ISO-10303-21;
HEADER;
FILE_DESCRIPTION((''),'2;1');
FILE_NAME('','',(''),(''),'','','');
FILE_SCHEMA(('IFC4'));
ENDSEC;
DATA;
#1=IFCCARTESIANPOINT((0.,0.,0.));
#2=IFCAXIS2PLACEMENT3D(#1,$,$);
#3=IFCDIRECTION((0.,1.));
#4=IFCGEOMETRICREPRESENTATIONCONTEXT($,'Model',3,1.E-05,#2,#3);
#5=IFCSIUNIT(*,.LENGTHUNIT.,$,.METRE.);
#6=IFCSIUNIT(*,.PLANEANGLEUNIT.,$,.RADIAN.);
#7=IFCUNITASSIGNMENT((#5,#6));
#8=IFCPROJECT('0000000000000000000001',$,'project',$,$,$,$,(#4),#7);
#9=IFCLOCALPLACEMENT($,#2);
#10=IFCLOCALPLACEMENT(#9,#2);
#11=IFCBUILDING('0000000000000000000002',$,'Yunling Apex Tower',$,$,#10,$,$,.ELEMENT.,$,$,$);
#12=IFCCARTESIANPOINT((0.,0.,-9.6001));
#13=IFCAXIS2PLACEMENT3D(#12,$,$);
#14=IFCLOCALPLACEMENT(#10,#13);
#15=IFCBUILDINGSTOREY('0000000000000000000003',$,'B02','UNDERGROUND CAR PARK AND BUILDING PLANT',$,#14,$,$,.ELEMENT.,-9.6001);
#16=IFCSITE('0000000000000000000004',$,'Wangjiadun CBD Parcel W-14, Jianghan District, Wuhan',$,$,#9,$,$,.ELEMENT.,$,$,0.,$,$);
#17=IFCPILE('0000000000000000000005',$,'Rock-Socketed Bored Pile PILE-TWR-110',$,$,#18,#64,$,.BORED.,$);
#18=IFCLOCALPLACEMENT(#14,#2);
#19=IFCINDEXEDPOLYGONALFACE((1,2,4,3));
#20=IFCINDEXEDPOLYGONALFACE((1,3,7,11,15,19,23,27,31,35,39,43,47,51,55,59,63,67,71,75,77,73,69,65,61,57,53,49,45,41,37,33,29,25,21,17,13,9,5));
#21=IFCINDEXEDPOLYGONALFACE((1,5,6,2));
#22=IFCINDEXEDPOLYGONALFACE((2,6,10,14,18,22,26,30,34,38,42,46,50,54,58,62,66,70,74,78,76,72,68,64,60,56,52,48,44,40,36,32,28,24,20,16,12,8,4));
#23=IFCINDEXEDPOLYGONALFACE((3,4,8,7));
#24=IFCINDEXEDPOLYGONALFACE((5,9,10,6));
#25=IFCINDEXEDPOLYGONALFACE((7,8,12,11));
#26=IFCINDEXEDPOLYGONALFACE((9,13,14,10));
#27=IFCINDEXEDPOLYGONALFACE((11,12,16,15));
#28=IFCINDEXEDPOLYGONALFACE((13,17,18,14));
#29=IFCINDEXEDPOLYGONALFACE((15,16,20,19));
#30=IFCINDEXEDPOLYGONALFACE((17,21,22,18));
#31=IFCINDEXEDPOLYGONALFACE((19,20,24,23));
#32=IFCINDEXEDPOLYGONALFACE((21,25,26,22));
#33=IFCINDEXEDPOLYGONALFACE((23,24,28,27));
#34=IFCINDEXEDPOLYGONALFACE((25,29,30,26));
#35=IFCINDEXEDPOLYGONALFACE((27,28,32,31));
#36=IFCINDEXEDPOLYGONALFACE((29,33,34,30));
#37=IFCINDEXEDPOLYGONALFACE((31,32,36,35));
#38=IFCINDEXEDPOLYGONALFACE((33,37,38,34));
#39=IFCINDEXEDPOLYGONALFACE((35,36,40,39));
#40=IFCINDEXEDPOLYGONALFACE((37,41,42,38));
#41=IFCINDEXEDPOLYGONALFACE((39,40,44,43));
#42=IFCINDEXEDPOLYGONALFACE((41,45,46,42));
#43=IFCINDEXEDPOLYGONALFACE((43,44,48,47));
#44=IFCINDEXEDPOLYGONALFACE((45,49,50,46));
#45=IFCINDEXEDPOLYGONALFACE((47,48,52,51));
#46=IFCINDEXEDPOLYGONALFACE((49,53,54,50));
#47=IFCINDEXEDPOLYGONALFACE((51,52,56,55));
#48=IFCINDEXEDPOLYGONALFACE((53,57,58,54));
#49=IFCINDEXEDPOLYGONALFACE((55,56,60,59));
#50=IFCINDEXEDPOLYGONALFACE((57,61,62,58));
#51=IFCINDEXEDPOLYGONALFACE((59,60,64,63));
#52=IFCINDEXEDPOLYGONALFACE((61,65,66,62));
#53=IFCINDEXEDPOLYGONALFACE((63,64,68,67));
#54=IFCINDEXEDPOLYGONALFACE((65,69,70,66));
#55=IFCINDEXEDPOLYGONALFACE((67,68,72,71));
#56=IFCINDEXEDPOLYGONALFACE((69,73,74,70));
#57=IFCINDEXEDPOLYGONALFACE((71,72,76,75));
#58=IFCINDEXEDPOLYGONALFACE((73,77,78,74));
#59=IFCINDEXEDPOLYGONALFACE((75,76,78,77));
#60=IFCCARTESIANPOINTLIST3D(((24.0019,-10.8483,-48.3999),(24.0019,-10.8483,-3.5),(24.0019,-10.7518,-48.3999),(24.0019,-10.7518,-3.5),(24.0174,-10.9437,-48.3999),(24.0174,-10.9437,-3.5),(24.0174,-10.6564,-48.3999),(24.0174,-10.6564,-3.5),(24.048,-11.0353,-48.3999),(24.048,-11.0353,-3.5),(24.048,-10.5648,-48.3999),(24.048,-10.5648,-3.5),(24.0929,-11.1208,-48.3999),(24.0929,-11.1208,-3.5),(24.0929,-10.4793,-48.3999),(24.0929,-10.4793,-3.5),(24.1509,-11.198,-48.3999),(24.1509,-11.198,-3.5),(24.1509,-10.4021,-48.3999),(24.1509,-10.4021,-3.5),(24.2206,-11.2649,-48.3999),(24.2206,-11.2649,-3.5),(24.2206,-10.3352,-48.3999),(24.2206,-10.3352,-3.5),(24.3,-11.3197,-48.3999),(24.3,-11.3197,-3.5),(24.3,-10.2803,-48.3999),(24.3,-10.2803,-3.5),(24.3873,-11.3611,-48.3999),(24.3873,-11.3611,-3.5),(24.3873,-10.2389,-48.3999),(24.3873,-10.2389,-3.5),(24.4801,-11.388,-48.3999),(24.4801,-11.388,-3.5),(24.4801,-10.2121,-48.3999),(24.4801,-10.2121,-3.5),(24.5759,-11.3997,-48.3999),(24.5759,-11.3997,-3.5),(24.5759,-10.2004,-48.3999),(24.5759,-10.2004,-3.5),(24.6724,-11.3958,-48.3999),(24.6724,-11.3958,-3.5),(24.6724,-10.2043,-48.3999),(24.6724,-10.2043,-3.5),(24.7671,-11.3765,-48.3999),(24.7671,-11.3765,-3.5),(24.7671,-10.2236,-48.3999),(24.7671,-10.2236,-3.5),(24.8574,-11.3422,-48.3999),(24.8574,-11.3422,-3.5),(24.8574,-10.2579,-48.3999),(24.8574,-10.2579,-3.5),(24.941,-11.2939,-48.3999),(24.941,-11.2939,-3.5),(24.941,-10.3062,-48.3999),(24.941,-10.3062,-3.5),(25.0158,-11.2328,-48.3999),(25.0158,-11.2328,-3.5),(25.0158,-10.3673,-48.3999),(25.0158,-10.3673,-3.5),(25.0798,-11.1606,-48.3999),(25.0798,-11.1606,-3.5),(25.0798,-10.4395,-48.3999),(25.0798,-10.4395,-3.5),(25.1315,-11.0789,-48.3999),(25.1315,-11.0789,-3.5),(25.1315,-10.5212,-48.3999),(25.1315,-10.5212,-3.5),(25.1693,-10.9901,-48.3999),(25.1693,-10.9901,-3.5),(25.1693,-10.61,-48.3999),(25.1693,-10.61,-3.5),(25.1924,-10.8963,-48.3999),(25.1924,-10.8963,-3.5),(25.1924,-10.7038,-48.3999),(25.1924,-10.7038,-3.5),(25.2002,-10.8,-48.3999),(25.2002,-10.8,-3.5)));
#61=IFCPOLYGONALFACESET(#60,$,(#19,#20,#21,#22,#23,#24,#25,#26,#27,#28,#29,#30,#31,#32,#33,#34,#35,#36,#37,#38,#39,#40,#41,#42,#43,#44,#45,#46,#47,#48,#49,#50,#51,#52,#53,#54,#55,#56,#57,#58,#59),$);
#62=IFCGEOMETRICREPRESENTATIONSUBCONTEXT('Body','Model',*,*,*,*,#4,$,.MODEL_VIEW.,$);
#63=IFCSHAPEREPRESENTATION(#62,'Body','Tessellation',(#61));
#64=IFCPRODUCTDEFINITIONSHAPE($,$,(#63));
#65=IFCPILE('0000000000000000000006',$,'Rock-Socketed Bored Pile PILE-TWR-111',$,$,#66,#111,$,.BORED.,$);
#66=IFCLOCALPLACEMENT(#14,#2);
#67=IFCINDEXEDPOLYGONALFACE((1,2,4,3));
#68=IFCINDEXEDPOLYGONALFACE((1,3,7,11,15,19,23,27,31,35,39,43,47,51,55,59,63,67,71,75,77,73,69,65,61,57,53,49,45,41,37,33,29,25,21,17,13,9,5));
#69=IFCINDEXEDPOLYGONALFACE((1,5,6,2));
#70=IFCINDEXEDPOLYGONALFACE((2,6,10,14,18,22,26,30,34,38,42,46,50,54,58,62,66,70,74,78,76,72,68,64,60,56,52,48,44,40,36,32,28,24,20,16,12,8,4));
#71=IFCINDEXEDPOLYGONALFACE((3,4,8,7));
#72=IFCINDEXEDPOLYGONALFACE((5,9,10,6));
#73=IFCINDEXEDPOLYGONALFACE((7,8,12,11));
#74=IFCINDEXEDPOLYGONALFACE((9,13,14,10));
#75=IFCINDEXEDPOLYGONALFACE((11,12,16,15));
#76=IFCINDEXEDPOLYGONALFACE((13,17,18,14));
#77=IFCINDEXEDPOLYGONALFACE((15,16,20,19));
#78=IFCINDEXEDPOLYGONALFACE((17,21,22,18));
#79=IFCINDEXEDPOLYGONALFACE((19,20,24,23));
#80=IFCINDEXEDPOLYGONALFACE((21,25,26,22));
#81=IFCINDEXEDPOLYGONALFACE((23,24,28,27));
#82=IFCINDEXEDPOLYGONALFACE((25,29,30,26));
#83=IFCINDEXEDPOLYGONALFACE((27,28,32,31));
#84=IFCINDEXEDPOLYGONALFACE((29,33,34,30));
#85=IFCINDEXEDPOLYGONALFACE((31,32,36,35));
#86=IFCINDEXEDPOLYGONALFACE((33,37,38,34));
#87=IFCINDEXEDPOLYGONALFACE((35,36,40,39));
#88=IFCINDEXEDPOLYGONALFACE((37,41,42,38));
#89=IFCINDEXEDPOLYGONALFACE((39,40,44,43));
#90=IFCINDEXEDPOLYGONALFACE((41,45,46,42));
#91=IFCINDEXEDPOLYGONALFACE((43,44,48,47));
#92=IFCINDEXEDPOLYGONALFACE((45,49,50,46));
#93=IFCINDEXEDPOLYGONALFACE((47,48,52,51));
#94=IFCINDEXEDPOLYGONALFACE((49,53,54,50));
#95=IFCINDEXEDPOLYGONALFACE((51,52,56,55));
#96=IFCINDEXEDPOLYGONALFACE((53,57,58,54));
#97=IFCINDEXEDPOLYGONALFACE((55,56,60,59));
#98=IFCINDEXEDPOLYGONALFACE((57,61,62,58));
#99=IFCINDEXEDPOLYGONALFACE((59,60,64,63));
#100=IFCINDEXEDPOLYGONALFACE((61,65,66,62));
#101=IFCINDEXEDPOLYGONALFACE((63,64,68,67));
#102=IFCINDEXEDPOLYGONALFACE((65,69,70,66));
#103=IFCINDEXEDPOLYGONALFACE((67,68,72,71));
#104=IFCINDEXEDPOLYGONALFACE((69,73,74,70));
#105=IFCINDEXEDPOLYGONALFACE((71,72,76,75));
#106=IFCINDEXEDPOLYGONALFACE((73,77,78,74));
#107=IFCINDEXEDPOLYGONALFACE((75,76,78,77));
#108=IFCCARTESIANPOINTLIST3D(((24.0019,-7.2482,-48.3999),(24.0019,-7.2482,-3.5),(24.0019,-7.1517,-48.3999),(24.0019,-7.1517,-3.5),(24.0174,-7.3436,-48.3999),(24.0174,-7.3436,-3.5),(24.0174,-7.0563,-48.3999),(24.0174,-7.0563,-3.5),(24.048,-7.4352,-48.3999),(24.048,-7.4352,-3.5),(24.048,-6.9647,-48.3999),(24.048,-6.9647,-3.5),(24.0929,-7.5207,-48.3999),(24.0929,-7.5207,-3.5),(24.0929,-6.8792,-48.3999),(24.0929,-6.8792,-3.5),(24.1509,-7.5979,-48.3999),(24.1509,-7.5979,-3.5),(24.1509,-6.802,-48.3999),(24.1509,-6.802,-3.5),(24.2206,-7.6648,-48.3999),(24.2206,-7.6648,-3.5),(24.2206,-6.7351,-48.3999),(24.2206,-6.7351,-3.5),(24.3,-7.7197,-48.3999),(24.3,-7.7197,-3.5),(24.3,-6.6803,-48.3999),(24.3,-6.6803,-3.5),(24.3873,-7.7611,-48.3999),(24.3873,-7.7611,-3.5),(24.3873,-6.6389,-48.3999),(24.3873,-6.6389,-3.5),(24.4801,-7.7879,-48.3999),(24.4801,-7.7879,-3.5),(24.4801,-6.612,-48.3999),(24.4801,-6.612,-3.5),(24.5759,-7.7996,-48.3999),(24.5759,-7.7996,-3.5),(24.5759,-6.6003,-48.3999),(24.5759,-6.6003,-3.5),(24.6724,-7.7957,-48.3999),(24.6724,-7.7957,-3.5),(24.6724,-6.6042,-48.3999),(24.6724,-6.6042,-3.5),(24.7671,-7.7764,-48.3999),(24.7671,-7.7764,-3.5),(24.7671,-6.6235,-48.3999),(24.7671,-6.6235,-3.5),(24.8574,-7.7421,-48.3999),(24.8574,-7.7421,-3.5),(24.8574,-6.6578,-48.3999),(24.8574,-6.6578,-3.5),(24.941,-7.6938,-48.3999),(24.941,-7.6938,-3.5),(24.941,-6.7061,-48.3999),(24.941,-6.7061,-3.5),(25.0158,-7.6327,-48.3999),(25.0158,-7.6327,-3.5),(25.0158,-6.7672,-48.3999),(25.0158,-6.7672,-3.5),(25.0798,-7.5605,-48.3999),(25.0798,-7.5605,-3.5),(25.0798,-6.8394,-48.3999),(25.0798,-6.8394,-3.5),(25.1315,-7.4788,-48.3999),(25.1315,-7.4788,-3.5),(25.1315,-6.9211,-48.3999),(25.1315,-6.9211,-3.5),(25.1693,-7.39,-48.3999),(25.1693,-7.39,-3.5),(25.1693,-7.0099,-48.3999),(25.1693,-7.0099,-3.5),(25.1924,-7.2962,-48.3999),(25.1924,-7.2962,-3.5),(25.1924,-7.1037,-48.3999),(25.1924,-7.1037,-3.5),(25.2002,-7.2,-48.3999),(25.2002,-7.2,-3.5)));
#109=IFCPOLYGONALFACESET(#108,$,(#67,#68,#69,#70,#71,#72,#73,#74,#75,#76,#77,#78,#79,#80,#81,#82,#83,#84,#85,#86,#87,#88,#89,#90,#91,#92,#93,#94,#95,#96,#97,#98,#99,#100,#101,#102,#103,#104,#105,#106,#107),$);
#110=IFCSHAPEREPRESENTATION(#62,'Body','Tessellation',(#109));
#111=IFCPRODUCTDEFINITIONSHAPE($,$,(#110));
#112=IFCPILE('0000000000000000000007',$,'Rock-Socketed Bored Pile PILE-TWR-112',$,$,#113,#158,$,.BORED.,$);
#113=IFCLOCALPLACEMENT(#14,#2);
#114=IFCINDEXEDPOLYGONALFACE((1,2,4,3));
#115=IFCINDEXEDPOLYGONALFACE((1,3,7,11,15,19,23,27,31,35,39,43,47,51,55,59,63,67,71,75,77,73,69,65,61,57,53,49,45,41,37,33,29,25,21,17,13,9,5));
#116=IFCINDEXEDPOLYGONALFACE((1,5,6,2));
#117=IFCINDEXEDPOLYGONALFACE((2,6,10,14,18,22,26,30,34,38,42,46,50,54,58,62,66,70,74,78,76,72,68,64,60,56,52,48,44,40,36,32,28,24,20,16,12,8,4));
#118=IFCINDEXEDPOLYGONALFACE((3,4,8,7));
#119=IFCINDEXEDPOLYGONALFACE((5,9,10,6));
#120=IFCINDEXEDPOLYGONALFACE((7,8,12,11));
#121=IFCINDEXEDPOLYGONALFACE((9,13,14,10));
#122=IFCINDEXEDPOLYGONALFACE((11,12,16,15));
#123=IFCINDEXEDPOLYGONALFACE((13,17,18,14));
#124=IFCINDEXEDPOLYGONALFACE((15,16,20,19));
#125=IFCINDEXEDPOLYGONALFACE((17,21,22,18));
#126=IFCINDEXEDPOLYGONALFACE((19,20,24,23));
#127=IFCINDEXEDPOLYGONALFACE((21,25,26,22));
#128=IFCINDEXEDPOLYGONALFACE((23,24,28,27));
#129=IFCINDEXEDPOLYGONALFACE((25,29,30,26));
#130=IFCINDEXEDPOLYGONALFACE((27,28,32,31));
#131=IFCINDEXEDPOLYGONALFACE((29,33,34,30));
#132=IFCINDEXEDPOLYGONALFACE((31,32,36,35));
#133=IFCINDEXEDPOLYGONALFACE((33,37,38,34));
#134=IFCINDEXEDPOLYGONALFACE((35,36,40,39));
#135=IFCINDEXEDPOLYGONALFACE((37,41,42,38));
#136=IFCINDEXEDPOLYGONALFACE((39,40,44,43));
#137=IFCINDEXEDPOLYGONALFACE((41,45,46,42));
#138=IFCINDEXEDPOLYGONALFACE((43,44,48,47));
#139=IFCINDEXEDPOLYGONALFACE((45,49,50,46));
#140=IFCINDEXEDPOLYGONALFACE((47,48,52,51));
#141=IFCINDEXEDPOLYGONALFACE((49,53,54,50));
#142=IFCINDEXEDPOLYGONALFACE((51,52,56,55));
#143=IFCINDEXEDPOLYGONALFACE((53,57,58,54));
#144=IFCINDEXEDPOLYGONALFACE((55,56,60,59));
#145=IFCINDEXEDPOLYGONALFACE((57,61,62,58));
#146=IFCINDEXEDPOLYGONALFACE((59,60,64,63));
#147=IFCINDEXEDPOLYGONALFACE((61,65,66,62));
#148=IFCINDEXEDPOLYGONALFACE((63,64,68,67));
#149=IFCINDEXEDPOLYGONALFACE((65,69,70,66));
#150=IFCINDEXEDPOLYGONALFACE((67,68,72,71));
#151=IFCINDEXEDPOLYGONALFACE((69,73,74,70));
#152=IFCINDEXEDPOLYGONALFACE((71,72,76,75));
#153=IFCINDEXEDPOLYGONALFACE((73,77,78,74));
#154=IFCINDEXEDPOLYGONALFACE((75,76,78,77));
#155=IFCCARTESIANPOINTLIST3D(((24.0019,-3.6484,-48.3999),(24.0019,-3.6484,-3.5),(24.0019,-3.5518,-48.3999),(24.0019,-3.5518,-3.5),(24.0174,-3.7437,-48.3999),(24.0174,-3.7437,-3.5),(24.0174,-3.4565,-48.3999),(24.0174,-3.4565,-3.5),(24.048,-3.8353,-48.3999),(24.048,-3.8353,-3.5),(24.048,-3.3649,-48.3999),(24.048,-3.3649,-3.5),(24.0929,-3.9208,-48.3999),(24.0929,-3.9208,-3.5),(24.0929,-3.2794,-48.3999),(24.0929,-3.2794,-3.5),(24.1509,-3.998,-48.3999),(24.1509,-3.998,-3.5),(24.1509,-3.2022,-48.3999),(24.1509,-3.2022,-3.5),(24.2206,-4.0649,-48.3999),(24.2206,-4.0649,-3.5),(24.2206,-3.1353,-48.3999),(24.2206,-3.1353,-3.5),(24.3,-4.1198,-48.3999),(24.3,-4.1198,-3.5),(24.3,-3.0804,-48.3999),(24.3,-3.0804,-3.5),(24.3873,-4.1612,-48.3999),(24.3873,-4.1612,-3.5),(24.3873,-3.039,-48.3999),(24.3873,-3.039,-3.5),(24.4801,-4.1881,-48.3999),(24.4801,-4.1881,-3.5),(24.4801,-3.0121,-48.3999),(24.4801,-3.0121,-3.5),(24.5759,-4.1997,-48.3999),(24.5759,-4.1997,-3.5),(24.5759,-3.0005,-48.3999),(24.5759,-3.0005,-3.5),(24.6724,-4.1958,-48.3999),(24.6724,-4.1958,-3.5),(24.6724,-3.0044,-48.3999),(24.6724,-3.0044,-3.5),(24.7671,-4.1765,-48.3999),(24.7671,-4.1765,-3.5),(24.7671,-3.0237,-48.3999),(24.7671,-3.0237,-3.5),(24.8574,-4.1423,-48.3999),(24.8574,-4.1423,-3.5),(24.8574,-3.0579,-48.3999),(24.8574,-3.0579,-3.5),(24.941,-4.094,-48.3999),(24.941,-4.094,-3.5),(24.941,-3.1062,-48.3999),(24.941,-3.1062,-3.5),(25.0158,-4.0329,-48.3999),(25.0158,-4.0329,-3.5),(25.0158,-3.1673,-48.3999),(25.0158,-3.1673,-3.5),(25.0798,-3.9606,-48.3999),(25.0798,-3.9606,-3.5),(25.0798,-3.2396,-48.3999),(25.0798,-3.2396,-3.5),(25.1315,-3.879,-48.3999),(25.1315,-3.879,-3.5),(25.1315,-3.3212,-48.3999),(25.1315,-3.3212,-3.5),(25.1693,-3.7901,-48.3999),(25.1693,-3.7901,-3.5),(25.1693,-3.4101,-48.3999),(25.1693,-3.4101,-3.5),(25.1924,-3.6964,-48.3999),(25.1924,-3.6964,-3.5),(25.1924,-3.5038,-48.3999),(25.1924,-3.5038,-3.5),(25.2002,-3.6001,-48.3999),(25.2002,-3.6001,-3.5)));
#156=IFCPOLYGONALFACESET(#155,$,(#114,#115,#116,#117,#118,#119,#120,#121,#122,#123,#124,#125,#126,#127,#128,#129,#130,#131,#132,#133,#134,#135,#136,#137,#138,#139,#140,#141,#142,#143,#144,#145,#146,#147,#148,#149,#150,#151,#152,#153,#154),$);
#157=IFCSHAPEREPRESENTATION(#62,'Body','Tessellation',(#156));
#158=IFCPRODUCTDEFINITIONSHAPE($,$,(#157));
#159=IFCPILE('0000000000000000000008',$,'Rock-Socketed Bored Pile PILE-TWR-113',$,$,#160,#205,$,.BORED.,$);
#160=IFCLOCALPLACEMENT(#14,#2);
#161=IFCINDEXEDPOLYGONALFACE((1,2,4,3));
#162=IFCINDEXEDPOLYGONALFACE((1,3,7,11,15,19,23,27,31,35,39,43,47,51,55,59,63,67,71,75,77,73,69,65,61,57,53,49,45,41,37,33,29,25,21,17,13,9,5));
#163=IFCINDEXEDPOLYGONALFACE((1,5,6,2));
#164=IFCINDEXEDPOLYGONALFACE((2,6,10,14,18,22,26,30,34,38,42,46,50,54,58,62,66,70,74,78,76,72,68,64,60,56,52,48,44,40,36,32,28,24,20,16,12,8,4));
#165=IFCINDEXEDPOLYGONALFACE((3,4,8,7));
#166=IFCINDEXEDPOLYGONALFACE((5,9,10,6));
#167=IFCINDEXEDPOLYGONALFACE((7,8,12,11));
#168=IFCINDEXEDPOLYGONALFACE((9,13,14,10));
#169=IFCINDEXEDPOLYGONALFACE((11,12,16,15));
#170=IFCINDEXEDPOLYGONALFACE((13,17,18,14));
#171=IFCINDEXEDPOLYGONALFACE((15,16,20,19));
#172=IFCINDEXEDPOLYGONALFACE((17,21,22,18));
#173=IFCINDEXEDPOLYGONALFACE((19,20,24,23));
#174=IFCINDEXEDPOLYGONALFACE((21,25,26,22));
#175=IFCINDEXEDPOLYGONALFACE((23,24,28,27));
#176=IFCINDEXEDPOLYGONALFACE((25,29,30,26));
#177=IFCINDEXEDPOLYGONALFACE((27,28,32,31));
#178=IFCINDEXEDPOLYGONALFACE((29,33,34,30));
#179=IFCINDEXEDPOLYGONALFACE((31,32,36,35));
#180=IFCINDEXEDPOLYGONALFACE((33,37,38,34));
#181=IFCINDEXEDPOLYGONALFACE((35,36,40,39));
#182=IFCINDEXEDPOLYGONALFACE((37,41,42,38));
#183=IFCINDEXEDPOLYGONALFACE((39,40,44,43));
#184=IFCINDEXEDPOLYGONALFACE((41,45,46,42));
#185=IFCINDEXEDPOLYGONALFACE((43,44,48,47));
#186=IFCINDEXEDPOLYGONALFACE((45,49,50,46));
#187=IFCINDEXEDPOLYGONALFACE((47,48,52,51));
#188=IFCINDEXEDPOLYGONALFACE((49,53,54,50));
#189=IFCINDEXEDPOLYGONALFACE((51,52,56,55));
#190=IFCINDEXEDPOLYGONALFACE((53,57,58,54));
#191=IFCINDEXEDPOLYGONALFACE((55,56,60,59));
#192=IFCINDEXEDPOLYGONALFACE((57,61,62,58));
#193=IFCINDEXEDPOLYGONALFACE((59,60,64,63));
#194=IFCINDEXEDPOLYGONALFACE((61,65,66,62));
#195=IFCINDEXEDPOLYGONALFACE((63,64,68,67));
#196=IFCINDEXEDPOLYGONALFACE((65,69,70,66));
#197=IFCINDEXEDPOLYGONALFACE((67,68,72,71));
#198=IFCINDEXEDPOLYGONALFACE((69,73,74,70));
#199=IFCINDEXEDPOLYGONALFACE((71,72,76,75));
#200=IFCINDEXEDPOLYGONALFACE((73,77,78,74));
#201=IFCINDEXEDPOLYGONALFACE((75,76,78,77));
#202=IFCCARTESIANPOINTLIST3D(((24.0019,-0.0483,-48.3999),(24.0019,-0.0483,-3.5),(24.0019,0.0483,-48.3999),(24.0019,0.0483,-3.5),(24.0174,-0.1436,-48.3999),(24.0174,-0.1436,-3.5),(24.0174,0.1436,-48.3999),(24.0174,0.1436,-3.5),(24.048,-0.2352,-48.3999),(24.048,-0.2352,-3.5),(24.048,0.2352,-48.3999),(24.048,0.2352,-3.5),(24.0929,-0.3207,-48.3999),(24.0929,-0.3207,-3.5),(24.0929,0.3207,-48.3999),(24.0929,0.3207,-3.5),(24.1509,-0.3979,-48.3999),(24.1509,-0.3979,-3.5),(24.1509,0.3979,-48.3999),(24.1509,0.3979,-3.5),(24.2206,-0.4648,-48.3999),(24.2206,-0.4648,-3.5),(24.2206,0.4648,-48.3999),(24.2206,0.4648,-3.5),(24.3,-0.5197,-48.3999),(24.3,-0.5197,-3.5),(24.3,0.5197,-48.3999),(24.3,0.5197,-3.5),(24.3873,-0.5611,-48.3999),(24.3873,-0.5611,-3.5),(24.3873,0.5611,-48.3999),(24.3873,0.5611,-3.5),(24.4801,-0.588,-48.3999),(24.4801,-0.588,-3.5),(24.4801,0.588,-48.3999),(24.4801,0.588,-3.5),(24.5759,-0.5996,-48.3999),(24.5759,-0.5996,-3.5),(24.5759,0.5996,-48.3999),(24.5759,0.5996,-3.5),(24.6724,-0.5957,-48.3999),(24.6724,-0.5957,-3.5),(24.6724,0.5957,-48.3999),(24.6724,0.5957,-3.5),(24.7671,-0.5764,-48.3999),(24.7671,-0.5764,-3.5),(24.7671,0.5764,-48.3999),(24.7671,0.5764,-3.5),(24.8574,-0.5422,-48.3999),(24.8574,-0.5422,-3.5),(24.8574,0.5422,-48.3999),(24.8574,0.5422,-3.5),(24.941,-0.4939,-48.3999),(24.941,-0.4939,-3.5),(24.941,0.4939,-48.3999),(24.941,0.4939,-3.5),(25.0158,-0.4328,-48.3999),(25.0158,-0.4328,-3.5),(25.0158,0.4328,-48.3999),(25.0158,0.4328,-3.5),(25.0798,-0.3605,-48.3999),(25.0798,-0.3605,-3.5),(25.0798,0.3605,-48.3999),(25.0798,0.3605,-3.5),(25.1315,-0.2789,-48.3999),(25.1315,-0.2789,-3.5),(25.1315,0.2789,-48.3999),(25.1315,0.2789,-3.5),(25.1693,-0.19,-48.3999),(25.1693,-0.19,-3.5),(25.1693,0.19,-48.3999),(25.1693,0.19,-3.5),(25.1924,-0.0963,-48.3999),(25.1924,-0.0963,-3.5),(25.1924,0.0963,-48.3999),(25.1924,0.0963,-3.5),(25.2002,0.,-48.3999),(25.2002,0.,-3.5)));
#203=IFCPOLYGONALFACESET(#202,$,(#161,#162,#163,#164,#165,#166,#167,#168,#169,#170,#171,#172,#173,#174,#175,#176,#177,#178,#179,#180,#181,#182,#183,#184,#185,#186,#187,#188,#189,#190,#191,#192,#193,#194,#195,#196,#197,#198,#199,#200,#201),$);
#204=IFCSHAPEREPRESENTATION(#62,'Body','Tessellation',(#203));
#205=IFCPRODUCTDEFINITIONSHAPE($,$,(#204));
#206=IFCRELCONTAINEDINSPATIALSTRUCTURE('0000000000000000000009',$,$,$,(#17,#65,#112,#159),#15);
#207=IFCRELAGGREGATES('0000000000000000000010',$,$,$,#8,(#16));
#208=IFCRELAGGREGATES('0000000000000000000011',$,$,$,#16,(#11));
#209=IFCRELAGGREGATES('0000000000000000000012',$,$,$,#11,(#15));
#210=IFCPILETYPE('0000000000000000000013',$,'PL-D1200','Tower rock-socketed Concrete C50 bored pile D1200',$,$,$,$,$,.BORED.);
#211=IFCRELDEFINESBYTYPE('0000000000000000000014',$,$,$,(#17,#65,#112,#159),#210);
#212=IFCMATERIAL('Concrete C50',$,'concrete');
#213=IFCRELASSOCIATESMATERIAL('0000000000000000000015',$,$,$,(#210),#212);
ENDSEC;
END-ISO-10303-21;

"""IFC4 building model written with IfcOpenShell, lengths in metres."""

from ifc_helpers import new_model, si_unit, direction, frame, origin, origin_2d, place, context, subcontext, project, spatial, circle, extrude, source, transform, mapped, material, material_profile, profile_set, type_object, element, save


model = new_model("IFC4")

# Units and contexts
model_context = context("Model", 3, precision=1e-05, world=origin(), true_north=direction((0.0, 1.0)))
body_context = subcontext(model_context, "Body", "Model", "MODEL_VIEW")
ifc_project = project(units=[si_unit("LENGTHUNIT", "METRE"), si_unit("PLANEANGLEUNIT", "RADIAN")], contexts=[model_context])

# Site, building, storey
site_placement = place(None, origin())
site = spatial("IfcSite", under=ifc_project, at=site_placement, Name="Wangjiadun CBD Parcel W-14, Jianghan District, Wuhan", CompositionType="ELEMENT", RefElevation=0.0)
building_placement = place(site_placement, origin())
building = spatial("IfcBuilding", under=site, at=building_placement, Name="Yunling Apex Tower", CompositionType="ELEMENT")
storey_placement = place(building_placement, frame((0.0, 0.0, -9.6001)))
storey = spatial("IfcBuildingStorey", under=building, at=storey_placement, Name="B02", Description="UNDERGROUND CAR PARK AND BUILDING PLANT", CompositionType="ELEMENT", Elevation=-9.6001)

# Shared definitions
ifc_material_1 = material(Name="Concrete C50", Category="concrete")

# Piles
ifc_material_profile_1 = material_profile(ifc_material_1, circle(Radius=0.6001, at=origin_2d()))
ifc_profile_set_1 = profile_set([ifc_material_profile_1], Name="Concrete C50")
pile_type_1 = type_object("IfcPileType", Name="PL-D1200", Description="Tower rock-socketed Concrete C50 bored pile D1200", PredefinedType="BORED", material=ifc_profile_set_1)
shared_shape_1 = source(origin(), body_context, "Body", "SweptSolid", [
    extrude(circle(Radius=0.6001, at=origin_2d()), origin(), (0.0, 0.0, 1.0), 44.8999),
])
for number, where, z_axis, x_axis, name in (
    (1, (24.6001, -10.8, -3.5), (0.0, 0.0, -1.0), (1.0, 0.0, 0.0), "Rock-Socketed Bored Pile PILE-TWR-110"),
    (2, (24.6001, -7.2, -3.5), (0.0, 0.0, -1.0), (1.0, 0.0, 0.0), "Rock-Socketed Bored Pile PILE-TWR-111"),
    (3, (24.6001, -3.6001, -3.5), (0.0, 0.0, -1.0), (1.0, 0.0, 0.0), "Rock-Socketed Bored Pile PILE-TWR-112"),
    (4, (24.6001, 0.0, -3.5), (0.0, 0.0, -1.0), (1.0, 0.0, 0.0), "Rock-Socketed Bored Pile PILE-TWR-113"),
):
    element("IfcPile", number, at=place(storey_placement, frame(where, z_axis=z_axis, x_axis=x_axis)), inside=storey, type_object=pile_type_1, Name=name, PredefinedType="BORED", context=body_context, shape_type="MappedRepresentation", body=[
        mapped(shared_shape_1, transform((0.0, 0.0, 0.0), scale=1.0)),
    ])

save(model, "model.ifc")
